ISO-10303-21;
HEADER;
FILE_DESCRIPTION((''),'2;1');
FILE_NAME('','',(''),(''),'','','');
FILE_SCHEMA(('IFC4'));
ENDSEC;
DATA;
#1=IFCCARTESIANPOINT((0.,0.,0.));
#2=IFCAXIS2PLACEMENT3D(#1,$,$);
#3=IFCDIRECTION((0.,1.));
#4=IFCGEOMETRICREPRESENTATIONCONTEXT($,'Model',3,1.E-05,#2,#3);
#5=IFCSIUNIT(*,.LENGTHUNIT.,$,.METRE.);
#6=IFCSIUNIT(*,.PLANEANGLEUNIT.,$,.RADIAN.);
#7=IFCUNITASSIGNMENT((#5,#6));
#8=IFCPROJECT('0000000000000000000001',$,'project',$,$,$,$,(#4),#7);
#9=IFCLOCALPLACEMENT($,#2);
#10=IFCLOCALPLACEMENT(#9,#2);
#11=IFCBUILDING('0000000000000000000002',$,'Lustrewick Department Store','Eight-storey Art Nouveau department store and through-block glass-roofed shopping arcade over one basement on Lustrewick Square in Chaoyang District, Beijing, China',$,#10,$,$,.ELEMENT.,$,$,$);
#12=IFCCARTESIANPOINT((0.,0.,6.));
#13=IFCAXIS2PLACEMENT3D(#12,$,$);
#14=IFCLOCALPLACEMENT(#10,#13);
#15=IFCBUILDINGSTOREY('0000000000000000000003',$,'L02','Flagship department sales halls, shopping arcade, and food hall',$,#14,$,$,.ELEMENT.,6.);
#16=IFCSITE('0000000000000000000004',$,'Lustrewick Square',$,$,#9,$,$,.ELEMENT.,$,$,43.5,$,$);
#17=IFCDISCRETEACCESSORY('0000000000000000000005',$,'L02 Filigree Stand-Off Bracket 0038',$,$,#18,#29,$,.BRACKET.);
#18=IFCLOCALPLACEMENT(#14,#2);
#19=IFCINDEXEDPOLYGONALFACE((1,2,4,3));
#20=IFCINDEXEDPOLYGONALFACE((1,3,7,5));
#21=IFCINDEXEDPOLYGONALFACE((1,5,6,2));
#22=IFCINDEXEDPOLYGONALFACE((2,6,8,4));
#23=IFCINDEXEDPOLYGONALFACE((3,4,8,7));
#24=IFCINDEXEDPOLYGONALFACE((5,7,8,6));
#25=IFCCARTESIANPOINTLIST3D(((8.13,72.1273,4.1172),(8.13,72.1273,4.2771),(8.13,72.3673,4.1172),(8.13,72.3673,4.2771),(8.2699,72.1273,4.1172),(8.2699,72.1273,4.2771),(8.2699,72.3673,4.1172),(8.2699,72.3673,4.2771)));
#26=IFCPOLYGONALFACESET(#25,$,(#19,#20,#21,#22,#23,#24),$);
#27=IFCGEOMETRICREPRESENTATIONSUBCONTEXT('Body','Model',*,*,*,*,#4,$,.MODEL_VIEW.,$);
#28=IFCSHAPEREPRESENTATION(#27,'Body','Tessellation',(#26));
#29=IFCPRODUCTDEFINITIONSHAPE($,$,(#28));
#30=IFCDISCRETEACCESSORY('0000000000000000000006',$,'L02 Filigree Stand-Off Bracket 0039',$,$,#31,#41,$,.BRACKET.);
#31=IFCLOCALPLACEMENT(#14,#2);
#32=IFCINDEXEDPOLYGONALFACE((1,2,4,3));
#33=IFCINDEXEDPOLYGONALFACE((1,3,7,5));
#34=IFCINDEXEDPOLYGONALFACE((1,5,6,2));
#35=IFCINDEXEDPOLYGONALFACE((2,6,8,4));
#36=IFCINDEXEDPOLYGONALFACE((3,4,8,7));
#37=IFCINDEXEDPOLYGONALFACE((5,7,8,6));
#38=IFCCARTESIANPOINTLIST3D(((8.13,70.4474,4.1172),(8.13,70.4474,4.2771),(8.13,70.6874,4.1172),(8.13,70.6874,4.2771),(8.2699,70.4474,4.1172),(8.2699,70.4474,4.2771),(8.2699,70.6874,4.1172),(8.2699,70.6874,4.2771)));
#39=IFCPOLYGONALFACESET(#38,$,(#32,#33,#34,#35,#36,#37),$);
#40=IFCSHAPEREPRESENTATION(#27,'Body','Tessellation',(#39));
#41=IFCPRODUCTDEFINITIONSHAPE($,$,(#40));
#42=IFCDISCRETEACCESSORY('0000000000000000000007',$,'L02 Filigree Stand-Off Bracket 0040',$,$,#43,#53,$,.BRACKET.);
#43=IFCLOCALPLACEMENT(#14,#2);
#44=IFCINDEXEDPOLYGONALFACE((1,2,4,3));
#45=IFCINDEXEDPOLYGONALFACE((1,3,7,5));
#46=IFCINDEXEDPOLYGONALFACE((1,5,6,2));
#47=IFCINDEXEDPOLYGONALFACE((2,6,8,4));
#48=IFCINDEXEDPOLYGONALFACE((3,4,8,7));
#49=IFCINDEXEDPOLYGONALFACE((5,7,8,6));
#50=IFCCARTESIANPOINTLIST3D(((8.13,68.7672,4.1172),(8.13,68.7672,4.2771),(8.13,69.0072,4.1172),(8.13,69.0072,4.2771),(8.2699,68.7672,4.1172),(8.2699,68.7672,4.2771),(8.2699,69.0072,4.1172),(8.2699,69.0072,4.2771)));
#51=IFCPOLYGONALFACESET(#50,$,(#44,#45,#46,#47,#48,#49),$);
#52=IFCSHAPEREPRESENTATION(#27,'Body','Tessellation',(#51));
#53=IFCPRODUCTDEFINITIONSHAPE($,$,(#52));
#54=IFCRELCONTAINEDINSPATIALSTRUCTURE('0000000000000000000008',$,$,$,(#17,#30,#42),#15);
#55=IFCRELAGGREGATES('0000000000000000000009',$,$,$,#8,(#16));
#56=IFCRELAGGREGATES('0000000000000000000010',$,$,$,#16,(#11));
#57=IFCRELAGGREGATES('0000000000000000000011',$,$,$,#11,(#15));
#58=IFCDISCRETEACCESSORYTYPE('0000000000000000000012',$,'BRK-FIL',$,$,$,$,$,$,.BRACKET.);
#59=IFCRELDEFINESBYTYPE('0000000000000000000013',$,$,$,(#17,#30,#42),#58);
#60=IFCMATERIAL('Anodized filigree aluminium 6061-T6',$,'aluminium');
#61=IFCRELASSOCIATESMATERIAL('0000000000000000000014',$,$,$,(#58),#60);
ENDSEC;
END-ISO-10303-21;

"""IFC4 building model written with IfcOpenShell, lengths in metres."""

from ifc_helpers import new_model, si_unit, direction, frame, origin, origin_2d, place, context, subcontext, project, spatial, rectangle, extrude, material, type_object, element, save


model = new_model("IFC4")

# Units and contexts
model_context = context("Model", 3, precision=1e-05, world=origin(), true_north=direction((0.0, 1.0)))
body_context = subcontext(model_context, "Body", "Model", "MODEL_VIEW")
ifc_project = project(units=[si_unit("LENGTHUNIT", "METRE"), si_unit("PLANEANGLEUNIT", "RADIAN")], contexts=[model_context])

# Site, building, storey
site_placement = place(None, origin())
site = spatial("IfcSite", under=ifc_project, at=site_placement, Name="Lustrewick Square", CompositionType="ELEMENT", RefElevation=43.5)
building_placement = place(site_placement, origin())
building = spatial("IfcBuilding", under=site, at=building_placement, Name="Lustrewick Department Store", Description="Eight-storey Art Nouveau department store and through-block glass-roofed shopping arcade over one basement on Lustrewick Square in Chaoyang District, Beijing, China", CompositionType="ELEMENT")
storey_placement = place(building_placement, frame((0.0, 0.0, 6.0)))
storey = spatial("IfcBuildingStorey", under=building, at=storey_placement, Name="L02", Description="Flagship department sales halls, shopping arcade, and food hall", CompositionType="ELEMENT", Elevation=6.0)

# Discrete accessories
ifc_material_1 = material(Name="Anodized filigree aluminium 6061-T6", Category="aluminium")
discrete_accessory_type = type_object("IfcDiscreteAccessoryType", Name="BRK-FIL", PredefinedType="BRACKET", material=ifc_material_1)
for number, where, z_axis, x_axis, name in (
    (1, (8.2, 72.2473, 4.1172), (0.0, 0.0, 1.0), (0.0, -1.0, 0.0), "L02 Filigree Stand-Off Bracket 0038"),
    (2, (8.2, 70.5674, 4.1172), (0.0, 0.0, 1.0), (0.0, -1.0, 0.0), "L02 Filigree Stand-Off Bracket 0039"),
    (3, (8.2, 68.8872, 4.1172), (0.0, 0.0, 1.0), (0.0, -1.0, 0.0), "L02 Filigree Stand-Off Bracket 0040"),
):
    element("IfcDiscreteAccessory", number, at=place(storey_placement, frame(where, z_axis=z_axis, x_axis=x_axis)), inside=storey, type_object=discrete_accessory_type, Name=name, PredefinedType="BRACKET", context=body_context, shape_type="SweptSolid", body=[
        extrude(rectangle(XDim=0.24, YDim=0.1399, at=origin_2d()), origin(), (0.0, 0.0, 1.0), 0.1599),
    ])

save(model, "model.ifc")
